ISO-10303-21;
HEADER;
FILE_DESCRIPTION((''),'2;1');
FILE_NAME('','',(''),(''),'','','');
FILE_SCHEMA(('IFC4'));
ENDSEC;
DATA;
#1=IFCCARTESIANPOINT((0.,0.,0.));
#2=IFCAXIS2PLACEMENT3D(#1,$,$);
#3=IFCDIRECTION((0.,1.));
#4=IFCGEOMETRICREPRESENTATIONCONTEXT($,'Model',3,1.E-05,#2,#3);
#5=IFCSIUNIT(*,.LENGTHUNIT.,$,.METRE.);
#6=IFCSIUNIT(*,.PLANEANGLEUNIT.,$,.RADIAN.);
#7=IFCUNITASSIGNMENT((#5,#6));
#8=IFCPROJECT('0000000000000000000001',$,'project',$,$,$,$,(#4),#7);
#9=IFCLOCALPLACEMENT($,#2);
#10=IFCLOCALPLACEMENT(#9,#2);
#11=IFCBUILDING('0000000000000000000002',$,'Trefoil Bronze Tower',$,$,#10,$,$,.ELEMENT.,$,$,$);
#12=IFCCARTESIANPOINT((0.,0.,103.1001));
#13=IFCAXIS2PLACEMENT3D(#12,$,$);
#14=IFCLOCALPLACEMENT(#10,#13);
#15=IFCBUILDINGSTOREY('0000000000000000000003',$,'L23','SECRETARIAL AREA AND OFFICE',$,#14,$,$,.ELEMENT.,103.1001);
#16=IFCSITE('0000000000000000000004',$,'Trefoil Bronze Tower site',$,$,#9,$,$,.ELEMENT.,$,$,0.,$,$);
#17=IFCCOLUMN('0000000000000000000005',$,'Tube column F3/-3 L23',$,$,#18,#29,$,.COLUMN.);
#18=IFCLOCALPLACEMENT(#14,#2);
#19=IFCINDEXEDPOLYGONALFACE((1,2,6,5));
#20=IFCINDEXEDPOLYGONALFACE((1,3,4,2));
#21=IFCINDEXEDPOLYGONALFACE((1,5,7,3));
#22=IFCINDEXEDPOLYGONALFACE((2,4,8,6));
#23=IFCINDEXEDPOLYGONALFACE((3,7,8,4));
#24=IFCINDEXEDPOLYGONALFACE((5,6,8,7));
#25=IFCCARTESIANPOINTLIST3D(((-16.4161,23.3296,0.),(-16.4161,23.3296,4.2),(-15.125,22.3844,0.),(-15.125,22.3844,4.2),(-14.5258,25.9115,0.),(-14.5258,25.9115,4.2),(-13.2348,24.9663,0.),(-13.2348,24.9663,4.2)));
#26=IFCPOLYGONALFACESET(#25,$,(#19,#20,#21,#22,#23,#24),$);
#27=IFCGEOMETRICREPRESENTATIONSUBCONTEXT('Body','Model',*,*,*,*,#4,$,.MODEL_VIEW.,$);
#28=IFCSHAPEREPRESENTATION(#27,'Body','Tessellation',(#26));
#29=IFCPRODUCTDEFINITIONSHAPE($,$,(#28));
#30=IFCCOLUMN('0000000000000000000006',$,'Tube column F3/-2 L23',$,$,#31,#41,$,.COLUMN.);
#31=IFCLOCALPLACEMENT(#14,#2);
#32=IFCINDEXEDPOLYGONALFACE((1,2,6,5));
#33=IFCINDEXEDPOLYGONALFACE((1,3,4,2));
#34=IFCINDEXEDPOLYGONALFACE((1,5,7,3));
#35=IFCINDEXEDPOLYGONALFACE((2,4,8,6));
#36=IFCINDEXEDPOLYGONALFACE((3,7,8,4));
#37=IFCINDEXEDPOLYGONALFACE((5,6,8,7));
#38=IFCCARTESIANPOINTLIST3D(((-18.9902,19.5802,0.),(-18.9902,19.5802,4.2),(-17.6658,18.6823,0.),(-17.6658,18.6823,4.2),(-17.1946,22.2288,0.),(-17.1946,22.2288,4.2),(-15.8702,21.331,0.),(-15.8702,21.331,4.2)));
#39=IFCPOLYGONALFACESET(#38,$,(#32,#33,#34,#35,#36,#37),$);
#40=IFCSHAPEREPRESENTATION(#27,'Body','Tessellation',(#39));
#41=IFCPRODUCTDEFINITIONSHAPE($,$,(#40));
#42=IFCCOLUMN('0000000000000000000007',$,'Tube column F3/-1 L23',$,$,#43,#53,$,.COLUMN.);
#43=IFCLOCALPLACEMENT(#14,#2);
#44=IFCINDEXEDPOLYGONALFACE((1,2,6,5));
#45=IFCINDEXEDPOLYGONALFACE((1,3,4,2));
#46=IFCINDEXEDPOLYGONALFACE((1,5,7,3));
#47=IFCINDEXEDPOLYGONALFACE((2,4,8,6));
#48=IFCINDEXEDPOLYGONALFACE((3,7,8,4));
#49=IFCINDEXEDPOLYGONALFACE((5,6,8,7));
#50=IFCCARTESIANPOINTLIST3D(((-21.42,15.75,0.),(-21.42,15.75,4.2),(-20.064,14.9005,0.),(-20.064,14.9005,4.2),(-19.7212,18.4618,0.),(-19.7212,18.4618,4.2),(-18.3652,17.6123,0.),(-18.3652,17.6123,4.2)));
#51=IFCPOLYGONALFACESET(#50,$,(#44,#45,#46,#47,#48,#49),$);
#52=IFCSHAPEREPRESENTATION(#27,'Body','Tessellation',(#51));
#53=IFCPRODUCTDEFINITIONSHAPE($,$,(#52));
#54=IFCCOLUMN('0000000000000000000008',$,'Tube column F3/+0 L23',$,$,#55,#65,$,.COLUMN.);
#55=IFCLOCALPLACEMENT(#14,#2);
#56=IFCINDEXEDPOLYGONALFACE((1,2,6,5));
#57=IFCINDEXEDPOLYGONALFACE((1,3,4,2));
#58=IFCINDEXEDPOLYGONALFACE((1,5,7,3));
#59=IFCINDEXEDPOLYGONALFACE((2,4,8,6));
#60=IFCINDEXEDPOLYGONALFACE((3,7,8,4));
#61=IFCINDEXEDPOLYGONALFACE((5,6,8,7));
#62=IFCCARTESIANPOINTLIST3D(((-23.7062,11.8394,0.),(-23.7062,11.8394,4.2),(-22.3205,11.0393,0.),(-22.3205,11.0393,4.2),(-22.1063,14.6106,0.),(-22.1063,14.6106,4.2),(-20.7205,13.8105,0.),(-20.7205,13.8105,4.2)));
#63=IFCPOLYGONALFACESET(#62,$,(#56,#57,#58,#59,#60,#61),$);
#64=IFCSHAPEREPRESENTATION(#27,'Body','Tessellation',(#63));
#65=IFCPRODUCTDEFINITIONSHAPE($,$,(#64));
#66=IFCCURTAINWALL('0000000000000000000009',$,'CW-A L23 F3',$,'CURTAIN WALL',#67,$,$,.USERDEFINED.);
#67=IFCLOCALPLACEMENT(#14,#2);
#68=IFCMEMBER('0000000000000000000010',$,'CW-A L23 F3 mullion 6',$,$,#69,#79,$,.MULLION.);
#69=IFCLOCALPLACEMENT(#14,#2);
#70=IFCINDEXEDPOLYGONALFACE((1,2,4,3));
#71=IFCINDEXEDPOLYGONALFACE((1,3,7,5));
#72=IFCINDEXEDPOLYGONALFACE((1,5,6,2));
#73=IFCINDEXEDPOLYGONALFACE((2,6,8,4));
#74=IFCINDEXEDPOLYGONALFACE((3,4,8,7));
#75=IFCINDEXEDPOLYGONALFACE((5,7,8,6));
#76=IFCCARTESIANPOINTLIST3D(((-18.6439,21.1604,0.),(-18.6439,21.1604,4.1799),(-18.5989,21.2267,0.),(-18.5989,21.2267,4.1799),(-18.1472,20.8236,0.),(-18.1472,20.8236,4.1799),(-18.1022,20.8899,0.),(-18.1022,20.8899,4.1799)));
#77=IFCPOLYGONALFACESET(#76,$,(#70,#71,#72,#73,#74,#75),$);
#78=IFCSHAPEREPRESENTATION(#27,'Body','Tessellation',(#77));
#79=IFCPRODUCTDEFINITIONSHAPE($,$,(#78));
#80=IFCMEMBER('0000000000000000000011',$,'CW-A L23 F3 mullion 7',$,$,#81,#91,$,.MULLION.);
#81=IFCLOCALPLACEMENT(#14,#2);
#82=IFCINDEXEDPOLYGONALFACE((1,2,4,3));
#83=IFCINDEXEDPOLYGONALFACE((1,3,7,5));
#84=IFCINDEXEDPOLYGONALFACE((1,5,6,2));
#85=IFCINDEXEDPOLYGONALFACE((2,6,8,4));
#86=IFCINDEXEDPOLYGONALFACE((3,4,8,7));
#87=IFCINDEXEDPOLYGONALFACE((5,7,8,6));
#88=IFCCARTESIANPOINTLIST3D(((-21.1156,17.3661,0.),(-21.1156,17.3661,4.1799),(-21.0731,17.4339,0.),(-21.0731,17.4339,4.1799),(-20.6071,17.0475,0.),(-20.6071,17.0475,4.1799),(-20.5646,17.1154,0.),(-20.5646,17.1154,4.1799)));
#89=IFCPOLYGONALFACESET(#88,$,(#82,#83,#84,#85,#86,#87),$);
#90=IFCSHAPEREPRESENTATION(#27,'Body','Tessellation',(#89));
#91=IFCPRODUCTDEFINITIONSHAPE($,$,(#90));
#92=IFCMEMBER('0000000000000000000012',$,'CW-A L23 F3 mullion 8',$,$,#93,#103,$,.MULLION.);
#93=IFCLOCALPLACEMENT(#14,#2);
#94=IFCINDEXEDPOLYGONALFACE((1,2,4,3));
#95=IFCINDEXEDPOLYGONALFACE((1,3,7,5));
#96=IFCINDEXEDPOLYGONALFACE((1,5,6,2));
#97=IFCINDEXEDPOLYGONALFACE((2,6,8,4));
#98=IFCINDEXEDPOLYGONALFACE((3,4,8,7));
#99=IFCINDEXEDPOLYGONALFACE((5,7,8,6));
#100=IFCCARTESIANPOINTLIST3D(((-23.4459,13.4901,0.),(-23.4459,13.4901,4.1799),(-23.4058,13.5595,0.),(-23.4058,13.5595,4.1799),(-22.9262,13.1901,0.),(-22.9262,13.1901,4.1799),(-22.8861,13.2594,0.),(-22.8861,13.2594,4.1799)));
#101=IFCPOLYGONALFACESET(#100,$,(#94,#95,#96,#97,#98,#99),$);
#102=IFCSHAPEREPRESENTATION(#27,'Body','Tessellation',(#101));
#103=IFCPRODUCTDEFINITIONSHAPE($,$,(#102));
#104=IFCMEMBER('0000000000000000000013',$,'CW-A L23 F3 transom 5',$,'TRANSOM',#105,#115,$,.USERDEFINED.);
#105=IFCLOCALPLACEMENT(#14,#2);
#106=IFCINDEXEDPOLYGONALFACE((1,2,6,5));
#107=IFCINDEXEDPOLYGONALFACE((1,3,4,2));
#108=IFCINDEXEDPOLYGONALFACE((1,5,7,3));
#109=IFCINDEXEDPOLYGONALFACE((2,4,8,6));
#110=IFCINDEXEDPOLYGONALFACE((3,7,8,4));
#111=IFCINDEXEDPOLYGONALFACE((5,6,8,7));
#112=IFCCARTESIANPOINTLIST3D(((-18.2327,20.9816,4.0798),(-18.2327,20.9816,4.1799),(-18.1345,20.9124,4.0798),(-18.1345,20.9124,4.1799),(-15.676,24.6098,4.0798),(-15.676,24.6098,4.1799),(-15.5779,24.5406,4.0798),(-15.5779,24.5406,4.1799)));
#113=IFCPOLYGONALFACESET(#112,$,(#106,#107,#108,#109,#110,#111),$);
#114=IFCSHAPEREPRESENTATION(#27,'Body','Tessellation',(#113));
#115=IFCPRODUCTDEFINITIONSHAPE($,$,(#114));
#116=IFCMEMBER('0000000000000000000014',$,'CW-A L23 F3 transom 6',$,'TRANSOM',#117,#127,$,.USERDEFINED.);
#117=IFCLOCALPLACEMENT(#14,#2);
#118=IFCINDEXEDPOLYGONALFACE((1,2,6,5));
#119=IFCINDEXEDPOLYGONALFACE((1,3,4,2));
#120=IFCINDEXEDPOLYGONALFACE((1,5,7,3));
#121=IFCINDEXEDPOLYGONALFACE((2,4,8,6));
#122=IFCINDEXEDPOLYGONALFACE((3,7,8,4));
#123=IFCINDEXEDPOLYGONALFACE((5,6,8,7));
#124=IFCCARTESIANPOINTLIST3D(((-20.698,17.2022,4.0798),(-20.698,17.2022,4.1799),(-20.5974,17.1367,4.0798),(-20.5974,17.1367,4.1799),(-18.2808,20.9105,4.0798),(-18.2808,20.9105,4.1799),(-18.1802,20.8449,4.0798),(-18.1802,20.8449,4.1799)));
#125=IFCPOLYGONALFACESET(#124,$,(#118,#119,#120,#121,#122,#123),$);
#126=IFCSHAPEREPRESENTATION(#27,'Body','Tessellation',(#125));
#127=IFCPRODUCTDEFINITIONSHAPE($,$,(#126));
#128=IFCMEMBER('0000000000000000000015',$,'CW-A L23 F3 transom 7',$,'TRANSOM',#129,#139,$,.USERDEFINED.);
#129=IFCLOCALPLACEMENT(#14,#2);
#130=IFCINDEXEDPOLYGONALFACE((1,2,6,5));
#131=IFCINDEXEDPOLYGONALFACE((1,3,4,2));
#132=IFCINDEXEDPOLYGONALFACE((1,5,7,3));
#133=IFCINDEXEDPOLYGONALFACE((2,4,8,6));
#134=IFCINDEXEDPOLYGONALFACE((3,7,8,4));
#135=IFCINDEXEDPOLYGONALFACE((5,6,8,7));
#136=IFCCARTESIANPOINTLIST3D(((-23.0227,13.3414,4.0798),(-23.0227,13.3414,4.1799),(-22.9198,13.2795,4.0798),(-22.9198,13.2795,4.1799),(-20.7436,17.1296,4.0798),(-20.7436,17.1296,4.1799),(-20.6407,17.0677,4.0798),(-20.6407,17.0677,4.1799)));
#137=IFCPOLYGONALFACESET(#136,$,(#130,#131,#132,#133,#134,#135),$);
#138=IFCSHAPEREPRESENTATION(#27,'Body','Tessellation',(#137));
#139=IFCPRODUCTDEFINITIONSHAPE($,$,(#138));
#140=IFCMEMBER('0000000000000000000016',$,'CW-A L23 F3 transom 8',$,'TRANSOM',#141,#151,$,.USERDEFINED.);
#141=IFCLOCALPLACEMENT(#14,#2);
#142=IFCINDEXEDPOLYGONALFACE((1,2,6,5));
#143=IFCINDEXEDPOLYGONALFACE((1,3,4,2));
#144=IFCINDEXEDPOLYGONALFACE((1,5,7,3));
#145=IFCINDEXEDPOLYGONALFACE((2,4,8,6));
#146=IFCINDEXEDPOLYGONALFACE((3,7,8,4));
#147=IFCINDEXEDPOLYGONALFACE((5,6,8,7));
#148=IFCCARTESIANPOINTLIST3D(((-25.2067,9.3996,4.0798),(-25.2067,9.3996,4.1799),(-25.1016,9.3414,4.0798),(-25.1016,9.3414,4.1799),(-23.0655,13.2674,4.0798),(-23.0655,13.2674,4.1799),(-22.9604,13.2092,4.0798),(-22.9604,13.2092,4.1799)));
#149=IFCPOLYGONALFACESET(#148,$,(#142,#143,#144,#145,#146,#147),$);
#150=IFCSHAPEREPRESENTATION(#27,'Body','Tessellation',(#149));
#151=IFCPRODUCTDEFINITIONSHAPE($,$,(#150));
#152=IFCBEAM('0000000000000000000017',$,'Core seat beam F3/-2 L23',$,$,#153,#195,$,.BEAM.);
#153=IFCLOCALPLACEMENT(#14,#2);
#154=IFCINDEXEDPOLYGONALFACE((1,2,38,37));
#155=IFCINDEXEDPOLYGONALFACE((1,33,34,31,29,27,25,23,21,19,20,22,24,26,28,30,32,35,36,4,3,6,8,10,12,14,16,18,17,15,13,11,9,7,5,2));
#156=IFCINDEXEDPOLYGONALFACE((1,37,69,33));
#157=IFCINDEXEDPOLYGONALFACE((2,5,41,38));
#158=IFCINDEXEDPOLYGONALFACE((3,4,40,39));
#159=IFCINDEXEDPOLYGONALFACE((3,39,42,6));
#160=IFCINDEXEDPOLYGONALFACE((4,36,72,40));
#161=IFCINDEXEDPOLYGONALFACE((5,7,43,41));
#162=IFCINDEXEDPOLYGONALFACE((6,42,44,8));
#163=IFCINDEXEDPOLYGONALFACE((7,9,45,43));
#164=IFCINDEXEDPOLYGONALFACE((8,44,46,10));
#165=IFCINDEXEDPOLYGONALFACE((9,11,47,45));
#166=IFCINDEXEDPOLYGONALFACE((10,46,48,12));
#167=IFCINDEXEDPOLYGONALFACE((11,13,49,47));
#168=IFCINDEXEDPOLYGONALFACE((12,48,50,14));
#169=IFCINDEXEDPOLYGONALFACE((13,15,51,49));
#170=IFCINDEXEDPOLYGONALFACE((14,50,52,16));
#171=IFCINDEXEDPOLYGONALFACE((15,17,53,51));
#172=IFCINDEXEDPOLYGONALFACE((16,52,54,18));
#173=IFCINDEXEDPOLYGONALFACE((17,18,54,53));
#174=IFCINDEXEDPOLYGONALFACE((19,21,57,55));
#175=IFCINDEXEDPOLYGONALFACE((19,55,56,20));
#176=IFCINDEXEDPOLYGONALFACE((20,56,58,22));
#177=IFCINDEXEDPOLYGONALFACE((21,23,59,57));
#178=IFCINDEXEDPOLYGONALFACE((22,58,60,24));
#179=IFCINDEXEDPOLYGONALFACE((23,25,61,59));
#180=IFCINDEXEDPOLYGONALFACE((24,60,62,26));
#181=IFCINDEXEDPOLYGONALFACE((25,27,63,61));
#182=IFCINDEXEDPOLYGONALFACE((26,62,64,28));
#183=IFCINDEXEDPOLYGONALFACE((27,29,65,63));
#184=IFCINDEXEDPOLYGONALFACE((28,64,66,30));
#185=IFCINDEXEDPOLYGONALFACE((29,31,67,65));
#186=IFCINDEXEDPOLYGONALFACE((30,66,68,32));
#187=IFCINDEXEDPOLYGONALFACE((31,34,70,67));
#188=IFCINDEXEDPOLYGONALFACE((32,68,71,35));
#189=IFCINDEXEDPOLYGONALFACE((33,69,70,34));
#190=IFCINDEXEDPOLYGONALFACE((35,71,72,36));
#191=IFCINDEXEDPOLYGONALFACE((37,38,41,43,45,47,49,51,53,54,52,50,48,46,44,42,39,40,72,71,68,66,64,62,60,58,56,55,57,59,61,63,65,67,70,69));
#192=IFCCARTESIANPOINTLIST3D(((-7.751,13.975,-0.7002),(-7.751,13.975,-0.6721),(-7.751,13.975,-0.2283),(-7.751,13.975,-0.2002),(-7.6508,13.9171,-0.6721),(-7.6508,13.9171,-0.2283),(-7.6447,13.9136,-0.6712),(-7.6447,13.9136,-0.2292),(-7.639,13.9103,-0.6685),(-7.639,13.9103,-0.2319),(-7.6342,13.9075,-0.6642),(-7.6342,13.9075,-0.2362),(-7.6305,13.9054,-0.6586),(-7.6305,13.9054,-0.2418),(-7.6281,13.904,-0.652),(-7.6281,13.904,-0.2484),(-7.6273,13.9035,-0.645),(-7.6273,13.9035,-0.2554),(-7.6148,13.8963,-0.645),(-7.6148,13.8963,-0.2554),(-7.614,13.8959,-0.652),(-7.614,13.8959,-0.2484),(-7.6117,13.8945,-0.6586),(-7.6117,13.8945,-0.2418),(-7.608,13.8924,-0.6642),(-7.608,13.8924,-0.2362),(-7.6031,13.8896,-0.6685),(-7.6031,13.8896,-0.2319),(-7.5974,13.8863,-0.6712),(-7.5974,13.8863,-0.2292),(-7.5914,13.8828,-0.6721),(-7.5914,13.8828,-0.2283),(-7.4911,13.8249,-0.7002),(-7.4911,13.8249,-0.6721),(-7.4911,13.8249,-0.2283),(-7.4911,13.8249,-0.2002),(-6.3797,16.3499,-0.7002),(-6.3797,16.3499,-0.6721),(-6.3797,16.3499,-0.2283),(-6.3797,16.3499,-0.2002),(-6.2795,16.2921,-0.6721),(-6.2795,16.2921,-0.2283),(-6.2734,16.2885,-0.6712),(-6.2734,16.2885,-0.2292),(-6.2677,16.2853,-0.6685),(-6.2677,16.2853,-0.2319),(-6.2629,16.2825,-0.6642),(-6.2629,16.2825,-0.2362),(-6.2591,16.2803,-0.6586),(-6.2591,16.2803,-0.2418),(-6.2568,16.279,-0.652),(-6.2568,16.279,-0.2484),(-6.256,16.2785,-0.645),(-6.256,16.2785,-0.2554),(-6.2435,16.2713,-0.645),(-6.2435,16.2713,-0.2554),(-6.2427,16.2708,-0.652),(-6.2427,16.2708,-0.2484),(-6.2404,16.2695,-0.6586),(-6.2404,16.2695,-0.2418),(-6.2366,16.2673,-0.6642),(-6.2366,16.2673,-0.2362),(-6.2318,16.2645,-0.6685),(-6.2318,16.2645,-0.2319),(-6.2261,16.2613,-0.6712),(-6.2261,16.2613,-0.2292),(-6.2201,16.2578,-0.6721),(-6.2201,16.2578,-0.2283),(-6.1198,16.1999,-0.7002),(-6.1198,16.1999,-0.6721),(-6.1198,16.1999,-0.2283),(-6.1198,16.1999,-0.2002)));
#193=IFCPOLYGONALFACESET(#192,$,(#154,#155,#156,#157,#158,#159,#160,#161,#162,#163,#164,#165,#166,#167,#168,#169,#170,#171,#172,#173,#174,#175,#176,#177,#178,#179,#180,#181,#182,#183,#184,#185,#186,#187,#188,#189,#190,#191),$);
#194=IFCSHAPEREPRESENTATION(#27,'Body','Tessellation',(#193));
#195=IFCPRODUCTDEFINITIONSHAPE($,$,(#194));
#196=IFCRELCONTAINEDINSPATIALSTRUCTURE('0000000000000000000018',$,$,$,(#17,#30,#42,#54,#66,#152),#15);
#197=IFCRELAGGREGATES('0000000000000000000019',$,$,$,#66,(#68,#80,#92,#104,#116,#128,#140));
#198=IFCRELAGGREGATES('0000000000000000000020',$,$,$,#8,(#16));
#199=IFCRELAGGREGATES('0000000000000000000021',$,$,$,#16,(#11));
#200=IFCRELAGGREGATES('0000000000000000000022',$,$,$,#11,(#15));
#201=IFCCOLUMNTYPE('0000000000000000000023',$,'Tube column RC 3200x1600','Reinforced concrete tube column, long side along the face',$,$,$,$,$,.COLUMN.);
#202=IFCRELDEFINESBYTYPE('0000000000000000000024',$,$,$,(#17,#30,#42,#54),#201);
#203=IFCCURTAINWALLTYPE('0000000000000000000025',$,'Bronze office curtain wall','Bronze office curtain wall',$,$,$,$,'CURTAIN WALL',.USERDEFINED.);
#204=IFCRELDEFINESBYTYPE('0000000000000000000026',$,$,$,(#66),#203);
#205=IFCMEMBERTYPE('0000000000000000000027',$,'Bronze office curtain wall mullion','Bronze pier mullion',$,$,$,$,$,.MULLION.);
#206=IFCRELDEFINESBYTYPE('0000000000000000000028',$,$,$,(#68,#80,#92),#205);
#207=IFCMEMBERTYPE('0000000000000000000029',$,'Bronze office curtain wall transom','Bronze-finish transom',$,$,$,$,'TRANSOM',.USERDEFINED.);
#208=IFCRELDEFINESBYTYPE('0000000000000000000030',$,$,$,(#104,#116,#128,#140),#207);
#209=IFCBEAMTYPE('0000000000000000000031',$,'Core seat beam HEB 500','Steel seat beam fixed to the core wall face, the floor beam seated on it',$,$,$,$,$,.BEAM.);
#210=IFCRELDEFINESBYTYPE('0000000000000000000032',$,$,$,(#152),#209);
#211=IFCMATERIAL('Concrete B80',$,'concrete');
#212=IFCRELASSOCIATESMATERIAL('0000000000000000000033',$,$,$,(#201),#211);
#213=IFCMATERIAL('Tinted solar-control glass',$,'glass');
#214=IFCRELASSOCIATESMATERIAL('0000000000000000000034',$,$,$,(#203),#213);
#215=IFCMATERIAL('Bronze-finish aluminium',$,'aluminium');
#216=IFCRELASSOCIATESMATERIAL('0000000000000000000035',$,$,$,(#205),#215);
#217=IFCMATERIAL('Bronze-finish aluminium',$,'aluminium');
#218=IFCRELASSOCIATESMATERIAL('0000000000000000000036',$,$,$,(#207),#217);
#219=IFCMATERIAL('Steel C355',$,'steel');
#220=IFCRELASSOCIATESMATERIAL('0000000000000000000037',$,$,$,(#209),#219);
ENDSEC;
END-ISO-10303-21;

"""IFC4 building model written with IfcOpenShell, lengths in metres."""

from ifc_helpers import new_model, si_unit, direction, frame, origin, origin_2d, place, context, subcontext, project, spatial, rectangle, i_section, extrude, material, material_profile, profile_set, type_object, element, aggregate, save


model = new_model("IFC4")

# Units and contexts
model_context = context("Model", 3, precision=1e-05, world=origin(), true_north=direction((0.0, 1.0)))
body_context = subcontext(model_context, "Body", "Model", "MODEL_VIEW")
ifc_project = project(units=[si_unit("LENGTHUNIT", "METRE"), si_unit("PLANEANGLEUNIT", "RADIAN")], contexts=[model_context])

# Site, building, storey
site_placement = place(None, origin())
site = spatial("IfcSite", under=ifc_project, at=site_placement, Name="Trefoil Bronze Tower site", CompositionType="ELEMENT", RefElevation=0.0)
building_placement = place(site_placement, origin())
building = spatial("IfcBuilding", under=site, at=building_placement, Name="Trefoil Bronze Tower", CompositionType="ELEMENT")
storey_placement = place(building_placement, frame((0.0, 0.0, 103.1001)))
storey = spatial("IfcBuildingStorey", under=building, at=storey_placement, Name="L23", Description="SECRETARIAL AREA AND OFFICE", CompositionType="ELEMENT", Elevation=103.1001)

# Columns
ifc_material_1 = material(Name="Concrete B80", Category="concrete")
ifc_material_profile_1 = material_profile(ifc_material_1, rectangle(XDim=3.2, YDim=1.6001, at=origin_2d()), Name="RC 3200x1600")
ifc_profile_set_1 = profile_set([ifc_material_profile_1], Name="Concrete B80")
column_type = type_object("IfcColumnType", Name="Tube column RC 3200x1600", Description="Reinforced concrete tube column, long side along the face", PredefinedType="COLUMN", material=ifc_profile_set_1)
for number, where, z_axis, x_axis, name in (
    (1, (-14.8254, 24.1479, 0.0), (0.0, 0.0, 1.0), (-0.590723, -0.806875, 0.0), "Tube column F3/-3 L23"),
    (2, (-17.4302, 20.4556, 0.0), (0.0, 0.0, 1.0), (-0.561136, -0.827724, 0.0), "Tube column F3/-2 L23"),
    (3, (-19.8926, 16.6812, 0.0), (0.0, 0.0, 1.0), (-0.530893, -0.847439, 0.0), "Tube column F3/-1 L23"),
    (4, (-22.2134, 12.825, 0.0), (0.0, 0.0, 1.0), (-0.5, -0.866025, 0.0), "Tube column F3/+0 L23"),
):
    element("IfcColumn", number, at=place(storey_placement, frame(where, z_axis=z_axis, x_axis=x_axis)), inside=storey, type_object=column_type, Name=name, PredefinedType="COLUMN", context=body_context, shape_type="SweptSolid", body=[
        extrude(rectangle(XDim=3.2, YDim=1.6001, at=origin_2d()), origin(), (0.0, 0.0, 1.0), 4.2),
    ])

# Curtain wall, members
ifc_material_2 = material(Name="Tinted solar-control glass", Category="glass")
curtain_wall_type = type_object("IfcCurtainWallType", Name="Bronze office curtain wall", Description="Bronze office curtain wall", ElementType="CURTAIN WALL", PredefinedType="USERDEFINED", material=ifc_material_2)
curtain_wall_placement = place(storey_placement, origin())
curtain_wall = element("IfcCurtainWall", 5, at=curtain_wall_placement, inside=storey, type_object=curtain_wall_type, Name="CW-A L23 F3", ObjectType="CURTAIN WALL", PredefinedType="USERDEFINED")
ifc_material_3 = material(Name="Bronze-finish aluminium", Category="aluminium")
ifc_material_profile_2 = material_profile(ifc_material_3, rectangle(XDim=0.6001, YDim=0.0801, at=origin_2d()), Name="CW-A mullion")
ifc_profile_set_2 = profile_set([ifc_material_profile_2], Name="Bronze-finish aluminium")
member_type_1 = type_object("IfcMemberType", Name="Bronze office curtain wall mullion", Description="Bronze pier mullion", PredefinedType="MULLION", material=ifc_profile_set_2)
member_1_placement = place(storey_placement, frame((-18.373, 21.0251, 0.0), z_axis=(0.0, 0.0, 1.0), x_axis=(0.827724, -0.561136, 0.0)))
member_1 = element("IfcMember", 6, at=member_1_placement, type_object=member_type_1, Name="CW-A L23 F3 mullion 6", PredefinedType="MULLION", context=body_context, shape_type="SweptSolid", body=[
    extrude(rectangle(XDim=0.6001, YDim=0.0801, at=origin_2d()), origin(), (0.0, 0.0, 1.0), 4.1799),
])
member_2_placement = place(storey_placement, frame((-20.8401, 17.2407, 0.0), z_axis=(0.0, 0.0, 1.0), x_axis=(0.847439, -0.530893, 0.0)))
member_2 = element("IfcMember", 7, at=member_2_placement, type_object=member_type_1, Name="CW-A L23 F3 mullion 7", PredefinedType="MULLION", context=body_context, shape_type="SweptSolid", body=[
    extrude(rectangle(XDim=0.6001, YDim=0.0801, at=origin_2d()), origin(), (0.0, 0.0, 1.0), 4.1799),
])
member_3_placement = place(storey_placement, frame((-23.166, 13.3748, 0.0), z_axis=(0.0, 0.0, 1.0), x_axis=(0.866025, -0.5, 0.0)))
member_3 = element("IfcMember", 8, at=member_3_placement, type_object=member_type_1, Name="CW-A L23 F3 mullion 8", PredefinedType="MULLION", context=body_context, shape_type="SweptSolid", body=[
    extrude(rectangle(XDim=0.6001, YDim=0.0801, at=origin_2d()), origin(), (0.0, 0.0, 1.0), 4.1799),
])
ifc_material_4 = material(Name="Bronze-finish aluminium", Category="aluminium")
ifc_material_profile_3 = material_profile(ifc_material_4, rectangle(XDim=0.1201, YDim=0.1001, at=origin_2d()), Name="CW-A transom")
ifc_profile_set_3 = profile_set([ifc_material_profile_3], Name="Bronze-finish aluminium")
member_type_2 = type_object("IfcMemberType", Name="Bronze office curtain wall transom", Description="Bronze-finish transom", ElementType="TRANSOM", PredefinedType="USERDEFINED", material=ifc_profile_set_3)
member_4_placement = place(storey_placement, frame((-15.627, 24.5752, 4.1299), z_axis=(-0.576018, -0.817437, 0.0), x_axis=(0.817437, -0.576018, 0.0)))
member_4 = element("IfcMember", 9, at=member_4_placement, type_object=member_type_2, Name="CW-A L23 F3 transom 5", ObjectType="TRANSOM", PredefinedType="USERDEFINED", context=body_context, shape_type="SweptSolid", body=[
    extrude(rectangle(XDim=0.1201, YDim=0.1001, at=origin_2d()), origin(), (0.0, 0.0, 1.0), 4.4385),
])
member_5_placement = place(storey_placement, frame((-18.2305, 20.8777, 4.1299), z_axis=(-0.546079, -0.837733, 0.0), x_axis=(0.837733, -0.546079, 0.0)))
member_5 = element("IfcMember", 10, at=member_5_placement, type_object=member_type_2, Name="CW-A L23 F3 transom 6", ObjectType="TRANSOM", PredefinedType="USERDEFINED", context=body_context, shape_type="SweptSolid", body=[
    extrude(rectangle(XDim=0.1201, YDim=0.1001, at=origin_2d()), origin(), (0.0, 0.0, 1.0), 4.4265),
])
member_6_placement = place(storey_placement, frame((-20.6921, 17.0986, 4.1299), z_axis=(-0.515527, -0.856873, 0.0), x_axis=(0.856873, -0.515527, 0.0)))
member_6 = element("IfcMember", 11, at=member_6_placement, type_object=member_type_2, Name="CW-A L23 F3 transom 7", ObjectType="TRANSOM", PredefinedType="USERDEFINED", context=body_context, shape_type="SweptSolid", body=[
    extrude(rectangle(XDim=0.1201, YDim=0.1001, at=origin_2d()), origin(), (0.0, 0.0, 1.0), 4.4209),
])
member_7_placement = place(storey_placement, frame((-23.0129, 13.2383, 4.1299), z_axis=(-0.484329, -0.874886, 0.0), x_axis=(0.874886, -0.484329, 0.0)))
member_7 = element("IfcMember", 12, at=member_7_placement, type_object=member_type_2, Name="CW-A L23 F3 transom 8", ObjectType="TRANSOM", PredefinedType="USERDEFINED", context=body_context, shape_type="SweptSolid", body=[
    extrude(rectangle(XDim=0.1201, YDim=0.1001, at=origin_2d()), origin(), (0.0, 0.0, 1.0), 4.4209),
])

# Beam
ifc_material_5 = material(Name="Steel C355", Category="steel")
ifc_material_profile_4 = material_profile(ifc_material_5, i_section(OverallWidth=0.3, OverallDepth=0.5, WebThickness=0.0144, FlangeThickness=0.0281, FilletRadius=0.0271, at=origin_2d()), Name="HEB 500")
ifc_profile_set_4 = profile_set([ifc_material_profile_4], Name="Steel C355")
beam_type_1 = type_object("IfcBeamType", Name="Core seat beam HEB 500", Description="Steel seat beam fixed to the core wall face, the floor beam seated on it", PredefinedType="BEAM", material=ifc_profile_set_4)
for number, where, z_axis, x_axis, name in (
    (13, (-6.2498, 16.2749, -0.4502), (-0.500036, -0.866005, 0.0), (0.866005, -0.500036, 0.0), "Core seat beam F3/-2 L23"),
):
    element("IfcBeam", number, at=place(storey_placement, frame(where, z_axis=z_axis, x_axis=x_axis)), inside=storey, type_object=beam_type_1, Name=name, PredefinedType="BEAM", context=body_context, shape_type="SweptSolid", body=[
        extrude(i_section(OverallWidth=0.3, OverallDepth=0.5, WebThickness=0.0144, FlangeThickness=0.0281, FilletRadius=0.0271, at=origin_2d()), origin(), (0.0, 0.0, 1.0), 2.7424),
    ])

aggregate(curtain_wall, [member_1, member_2, member_3, member_4, member_5, member_6, member_7])

save(model, "model.ifc")
